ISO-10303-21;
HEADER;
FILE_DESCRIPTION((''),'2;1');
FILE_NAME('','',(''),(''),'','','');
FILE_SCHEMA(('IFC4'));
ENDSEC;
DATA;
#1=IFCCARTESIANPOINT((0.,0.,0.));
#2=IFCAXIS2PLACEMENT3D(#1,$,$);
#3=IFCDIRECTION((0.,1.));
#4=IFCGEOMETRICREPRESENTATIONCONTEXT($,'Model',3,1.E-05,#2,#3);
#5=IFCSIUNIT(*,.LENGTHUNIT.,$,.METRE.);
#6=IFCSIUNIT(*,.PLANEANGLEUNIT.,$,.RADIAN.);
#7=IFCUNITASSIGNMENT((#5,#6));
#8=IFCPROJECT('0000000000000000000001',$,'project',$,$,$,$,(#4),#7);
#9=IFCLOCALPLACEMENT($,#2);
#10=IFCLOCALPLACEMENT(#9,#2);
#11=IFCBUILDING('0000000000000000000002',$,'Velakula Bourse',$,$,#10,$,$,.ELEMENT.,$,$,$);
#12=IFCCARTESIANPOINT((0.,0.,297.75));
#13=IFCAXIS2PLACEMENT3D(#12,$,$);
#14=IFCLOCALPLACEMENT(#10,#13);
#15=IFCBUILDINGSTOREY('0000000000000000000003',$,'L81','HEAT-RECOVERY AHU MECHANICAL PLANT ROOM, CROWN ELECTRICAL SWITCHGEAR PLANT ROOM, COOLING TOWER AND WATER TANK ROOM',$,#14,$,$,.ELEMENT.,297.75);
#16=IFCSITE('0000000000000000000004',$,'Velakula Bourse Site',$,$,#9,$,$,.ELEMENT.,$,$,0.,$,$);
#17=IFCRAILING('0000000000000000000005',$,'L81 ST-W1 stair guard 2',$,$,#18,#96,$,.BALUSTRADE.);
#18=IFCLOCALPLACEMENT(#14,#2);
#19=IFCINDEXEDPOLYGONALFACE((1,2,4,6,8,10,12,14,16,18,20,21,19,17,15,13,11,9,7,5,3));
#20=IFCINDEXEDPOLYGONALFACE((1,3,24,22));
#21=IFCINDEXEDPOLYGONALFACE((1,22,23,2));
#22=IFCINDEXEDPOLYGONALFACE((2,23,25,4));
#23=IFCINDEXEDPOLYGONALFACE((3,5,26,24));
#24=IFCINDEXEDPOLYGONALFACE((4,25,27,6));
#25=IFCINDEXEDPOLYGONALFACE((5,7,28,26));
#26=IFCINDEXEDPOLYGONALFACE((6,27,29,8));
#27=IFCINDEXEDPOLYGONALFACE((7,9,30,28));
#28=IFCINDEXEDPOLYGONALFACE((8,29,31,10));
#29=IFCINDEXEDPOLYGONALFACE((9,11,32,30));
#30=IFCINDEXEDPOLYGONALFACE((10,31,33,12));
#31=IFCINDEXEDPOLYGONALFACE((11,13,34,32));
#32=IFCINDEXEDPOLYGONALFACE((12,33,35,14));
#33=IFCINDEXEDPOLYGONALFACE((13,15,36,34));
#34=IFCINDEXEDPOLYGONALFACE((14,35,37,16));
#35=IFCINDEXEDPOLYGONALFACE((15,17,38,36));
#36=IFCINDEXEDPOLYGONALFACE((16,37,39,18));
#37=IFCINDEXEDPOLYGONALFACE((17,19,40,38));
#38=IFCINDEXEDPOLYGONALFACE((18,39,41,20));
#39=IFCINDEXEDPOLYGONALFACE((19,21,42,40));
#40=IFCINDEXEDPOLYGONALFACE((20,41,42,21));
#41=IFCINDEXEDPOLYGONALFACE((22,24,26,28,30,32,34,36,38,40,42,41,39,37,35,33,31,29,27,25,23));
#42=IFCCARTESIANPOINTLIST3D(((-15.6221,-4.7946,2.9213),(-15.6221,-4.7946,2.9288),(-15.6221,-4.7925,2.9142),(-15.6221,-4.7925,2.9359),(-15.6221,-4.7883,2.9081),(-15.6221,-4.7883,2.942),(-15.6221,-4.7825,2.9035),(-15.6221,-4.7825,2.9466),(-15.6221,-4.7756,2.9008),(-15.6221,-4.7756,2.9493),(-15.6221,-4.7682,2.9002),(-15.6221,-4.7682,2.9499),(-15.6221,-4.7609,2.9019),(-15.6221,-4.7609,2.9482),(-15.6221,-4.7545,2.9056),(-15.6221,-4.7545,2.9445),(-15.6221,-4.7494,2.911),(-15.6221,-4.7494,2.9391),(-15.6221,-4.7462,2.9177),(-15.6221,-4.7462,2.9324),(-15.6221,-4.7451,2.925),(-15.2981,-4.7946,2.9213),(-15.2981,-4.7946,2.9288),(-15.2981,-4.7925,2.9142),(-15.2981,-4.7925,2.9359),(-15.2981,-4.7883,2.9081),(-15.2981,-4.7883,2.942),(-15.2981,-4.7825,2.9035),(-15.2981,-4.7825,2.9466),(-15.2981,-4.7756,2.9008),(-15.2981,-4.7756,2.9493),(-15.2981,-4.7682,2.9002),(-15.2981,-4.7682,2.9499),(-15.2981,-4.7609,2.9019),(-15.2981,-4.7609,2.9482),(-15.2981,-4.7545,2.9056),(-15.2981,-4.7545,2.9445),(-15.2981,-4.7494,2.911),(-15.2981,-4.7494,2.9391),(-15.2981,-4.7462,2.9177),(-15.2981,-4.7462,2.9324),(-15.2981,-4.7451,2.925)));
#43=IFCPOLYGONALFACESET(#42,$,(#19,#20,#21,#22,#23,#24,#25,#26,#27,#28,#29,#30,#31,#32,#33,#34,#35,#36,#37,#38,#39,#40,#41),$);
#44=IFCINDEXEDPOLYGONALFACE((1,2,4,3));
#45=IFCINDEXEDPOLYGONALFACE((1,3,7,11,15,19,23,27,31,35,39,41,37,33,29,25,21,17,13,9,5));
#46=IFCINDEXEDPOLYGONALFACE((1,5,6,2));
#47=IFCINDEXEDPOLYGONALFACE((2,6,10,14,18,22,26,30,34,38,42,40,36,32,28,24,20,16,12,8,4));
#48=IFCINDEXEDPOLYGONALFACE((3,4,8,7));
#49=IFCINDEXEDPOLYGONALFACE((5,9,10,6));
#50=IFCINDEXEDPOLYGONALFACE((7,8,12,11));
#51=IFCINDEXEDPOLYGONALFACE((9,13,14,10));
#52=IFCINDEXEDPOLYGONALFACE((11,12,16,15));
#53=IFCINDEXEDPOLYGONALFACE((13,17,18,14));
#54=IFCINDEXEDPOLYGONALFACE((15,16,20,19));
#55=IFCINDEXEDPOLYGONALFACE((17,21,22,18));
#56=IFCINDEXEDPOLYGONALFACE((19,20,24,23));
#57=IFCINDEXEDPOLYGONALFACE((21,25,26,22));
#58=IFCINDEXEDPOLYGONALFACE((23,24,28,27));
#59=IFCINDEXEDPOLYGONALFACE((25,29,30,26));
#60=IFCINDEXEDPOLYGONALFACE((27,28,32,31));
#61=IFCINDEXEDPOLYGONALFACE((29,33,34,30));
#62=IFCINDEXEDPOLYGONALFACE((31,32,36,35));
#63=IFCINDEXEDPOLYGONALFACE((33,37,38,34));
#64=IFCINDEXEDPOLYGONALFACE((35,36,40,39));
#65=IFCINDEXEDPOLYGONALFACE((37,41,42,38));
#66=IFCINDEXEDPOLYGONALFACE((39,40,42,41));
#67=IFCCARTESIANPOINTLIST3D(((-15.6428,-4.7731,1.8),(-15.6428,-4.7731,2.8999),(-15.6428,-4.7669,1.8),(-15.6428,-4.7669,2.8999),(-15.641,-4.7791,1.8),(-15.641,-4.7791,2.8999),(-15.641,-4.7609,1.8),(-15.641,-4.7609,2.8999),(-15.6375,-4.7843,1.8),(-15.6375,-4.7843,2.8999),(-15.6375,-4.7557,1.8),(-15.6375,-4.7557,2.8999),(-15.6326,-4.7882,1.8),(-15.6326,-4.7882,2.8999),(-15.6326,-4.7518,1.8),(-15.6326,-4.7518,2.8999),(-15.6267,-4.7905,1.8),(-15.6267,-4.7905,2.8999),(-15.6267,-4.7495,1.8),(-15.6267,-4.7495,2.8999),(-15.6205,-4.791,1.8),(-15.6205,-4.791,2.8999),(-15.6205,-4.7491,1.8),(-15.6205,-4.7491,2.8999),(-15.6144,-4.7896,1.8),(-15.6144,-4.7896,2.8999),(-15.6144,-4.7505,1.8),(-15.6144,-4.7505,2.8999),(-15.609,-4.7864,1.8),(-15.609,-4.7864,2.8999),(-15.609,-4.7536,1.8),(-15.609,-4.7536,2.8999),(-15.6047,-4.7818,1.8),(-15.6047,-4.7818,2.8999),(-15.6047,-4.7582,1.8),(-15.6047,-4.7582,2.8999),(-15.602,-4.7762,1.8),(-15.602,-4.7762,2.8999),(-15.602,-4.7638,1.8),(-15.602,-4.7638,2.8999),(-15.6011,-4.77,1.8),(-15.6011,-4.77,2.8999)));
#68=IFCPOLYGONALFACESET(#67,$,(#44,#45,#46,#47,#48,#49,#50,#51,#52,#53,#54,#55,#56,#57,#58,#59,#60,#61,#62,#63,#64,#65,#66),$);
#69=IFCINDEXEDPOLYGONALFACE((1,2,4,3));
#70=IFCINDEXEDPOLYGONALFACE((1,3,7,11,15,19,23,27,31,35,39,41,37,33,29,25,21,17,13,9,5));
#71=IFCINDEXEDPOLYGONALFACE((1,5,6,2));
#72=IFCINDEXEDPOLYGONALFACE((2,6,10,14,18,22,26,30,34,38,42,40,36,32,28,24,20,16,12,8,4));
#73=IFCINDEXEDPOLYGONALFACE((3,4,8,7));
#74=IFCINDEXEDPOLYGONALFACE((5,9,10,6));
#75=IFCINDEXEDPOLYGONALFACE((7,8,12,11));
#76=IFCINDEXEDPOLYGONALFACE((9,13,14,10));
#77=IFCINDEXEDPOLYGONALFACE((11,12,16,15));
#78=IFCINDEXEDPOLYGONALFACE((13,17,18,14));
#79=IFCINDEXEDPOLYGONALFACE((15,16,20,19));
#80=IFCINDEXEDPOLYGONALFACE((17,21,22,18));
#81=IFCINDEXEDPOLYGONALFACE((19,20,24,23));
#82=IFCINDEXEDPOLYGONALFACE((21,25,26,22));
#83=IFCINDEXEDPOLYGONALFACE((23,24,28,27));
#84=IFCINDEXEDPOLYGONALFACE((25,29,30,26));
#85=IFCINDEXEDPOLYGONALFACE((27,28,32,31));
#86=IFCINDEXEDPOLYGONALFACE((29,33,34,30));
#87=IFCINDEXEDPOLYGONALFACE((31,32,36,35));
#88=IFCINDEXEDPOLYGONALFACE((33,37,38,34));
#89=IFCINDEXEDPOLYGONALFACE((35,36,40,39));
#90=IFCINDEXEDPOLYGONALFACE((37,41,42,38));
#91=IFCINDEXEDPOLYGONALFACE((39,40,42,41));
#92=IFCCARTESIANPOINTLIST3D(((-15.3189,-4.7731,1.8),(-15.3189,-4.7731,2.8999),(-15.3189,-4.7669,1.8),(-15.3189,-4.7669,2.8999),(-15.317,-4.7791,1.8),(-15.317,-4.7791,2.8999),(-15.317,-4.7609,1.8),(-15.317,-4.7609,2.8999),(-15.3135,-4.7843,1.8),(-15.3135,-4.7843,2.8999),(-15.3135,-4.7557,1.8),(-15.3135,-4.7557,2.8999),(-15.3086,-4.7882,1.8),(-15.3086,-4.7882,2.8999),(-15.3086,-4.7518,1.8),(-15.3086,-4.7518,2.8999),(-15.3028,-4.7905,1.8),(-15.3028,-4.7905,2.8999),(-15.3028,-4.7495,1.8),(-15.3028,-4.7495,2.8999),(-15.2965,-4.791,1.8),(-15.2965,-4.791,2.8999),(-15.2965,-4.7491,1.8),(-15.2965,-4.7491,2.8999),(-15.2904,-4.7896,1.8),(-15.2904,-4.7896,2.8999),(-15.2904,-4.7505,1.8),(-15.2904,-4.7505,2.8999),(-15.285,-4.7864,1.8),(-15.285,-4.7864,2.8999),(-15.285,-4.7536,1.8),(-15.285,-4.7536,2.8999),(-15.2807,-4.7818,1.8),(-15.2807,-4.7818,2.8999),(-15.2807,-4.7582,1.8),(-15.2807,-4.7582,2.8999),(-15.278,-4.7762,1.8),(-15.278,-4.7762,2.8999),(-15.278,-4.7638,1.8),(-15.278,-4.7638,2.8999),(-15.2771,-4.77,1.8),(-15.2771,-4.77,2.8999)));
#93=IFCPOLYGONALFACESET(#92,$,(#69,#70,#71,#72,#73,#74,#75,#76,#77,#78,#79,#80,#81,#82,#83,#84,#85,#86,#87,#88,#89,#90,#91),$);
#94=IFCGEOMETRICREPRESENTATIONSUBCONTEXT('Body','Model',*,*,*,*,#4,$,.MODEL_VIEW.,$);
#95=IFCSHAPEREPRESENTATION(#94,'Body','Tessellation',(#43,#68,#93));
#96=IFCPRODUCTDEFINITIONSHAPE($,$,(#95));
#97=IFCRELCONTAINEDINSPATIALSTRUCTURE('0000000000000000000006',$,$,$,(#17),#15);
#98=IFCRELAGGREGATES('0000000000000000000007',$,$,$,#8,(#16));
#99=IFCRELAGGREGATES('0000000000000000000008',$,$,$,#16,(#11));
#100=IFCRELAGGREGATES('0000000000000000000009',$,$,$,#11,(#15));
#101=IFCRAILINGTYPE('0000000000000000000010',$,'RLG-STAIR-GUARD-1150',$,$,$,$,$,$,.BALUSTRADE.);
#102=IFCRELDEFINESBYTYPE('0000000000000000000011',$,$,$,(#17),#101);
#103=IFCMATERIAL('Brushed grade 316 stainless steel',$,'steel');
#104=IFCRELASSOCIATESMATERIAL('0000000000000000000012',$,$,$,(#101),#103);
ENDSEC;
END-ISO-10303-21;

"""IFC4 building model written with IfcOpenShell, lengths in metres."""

from ifc_helpers import new_model, si_unit, direction, frame, origin, origin_2d, place, context, subcontext, project, spatial, circle, extrude, material, type_object, element, save


model = new_model("IFC4")

# Units and contexts
model_context = context("Model", 3, precision=1e-05, world=origin(), true_north=direction((0.0, 1.0)))
body_context = subcontext(model_context, "Body", "Model", "MODEL_VIEW")
ifc_project = project(units=[si_unit("LENGTHUNIT", "METRE"), si_unit("PLANEANGLEUNIT", "RADIAN")], contexts=[model_context])

# Site, building, storey
site_placement = place(None, origin())
site = spatial("IfcSite", under=ifc_project, at=site_placement, Name="Velakula Bourse Site", CompositionType="ELEMENT", RefElevation=0.0)
building_placement = place(site_placement, origin())
building = spatial("IfcBuilding", under=site, at=building_placement, Name="Velakula Bourse", CompositionType="ELEMENT")
storey_placement = place(building_placement, frame((0.0, 0.0, 297.75)))
storey = spatial("IfcBuildingStorey", under=building, at=storey_placement, Name="L81", Description="HEAT-RECOVERY AHU MECHANICAL PLANT ROOM, CROWN ELECTRICAL SWITCHGEAR PLANT ROOM, COOLING TOWER AND WATER TANK ROOM", CompositionType="ELEMENT", Elevation=297.75)

# Shared definitions
ifc_material_1 = material(Name="Brushed grade 316 stainless steel", Category="steel")

# Railing
railing_type_1 = type_object("IfcRailingType", Name="RLG-STAIR-GUARD-1150", PredefinedType="BALUSTRADE", material=ifc_material_1)
railing_1_placement = place(storey_placement, frame((-15.6221, -4.77, 1.8)))
element("IfcRailing", 1, at=railing_1_placement, inside=storey, type_object=railing_type_1, Name="L81 ST-W1 stair guard 2", PredefinedType="BALUSTRADE", context=body_context, shape_type="SweptSolid", body=[
    extrude(circle(Radius=0.0249, at=origin_2d()), frame((0.0, 0.0, 1.125), z_axis=(1.0, 0.0, 0.0), x_axis=(0.0, 1.0, 0.0)), (0.0, 0.0, 1.0), 0.324),
    extrude(circle(Radius=0.021, at=origin_2d()), origin(), (0.0, 0.0, 1.0), 1.0999),
    extrude(circle(Radius=0.021, at=origin_2d()), frame((0.324, 0.0, 0.0)), (0.0, 0.0, 1.0), 1.0999),
])

save(model, "model.ifc")
